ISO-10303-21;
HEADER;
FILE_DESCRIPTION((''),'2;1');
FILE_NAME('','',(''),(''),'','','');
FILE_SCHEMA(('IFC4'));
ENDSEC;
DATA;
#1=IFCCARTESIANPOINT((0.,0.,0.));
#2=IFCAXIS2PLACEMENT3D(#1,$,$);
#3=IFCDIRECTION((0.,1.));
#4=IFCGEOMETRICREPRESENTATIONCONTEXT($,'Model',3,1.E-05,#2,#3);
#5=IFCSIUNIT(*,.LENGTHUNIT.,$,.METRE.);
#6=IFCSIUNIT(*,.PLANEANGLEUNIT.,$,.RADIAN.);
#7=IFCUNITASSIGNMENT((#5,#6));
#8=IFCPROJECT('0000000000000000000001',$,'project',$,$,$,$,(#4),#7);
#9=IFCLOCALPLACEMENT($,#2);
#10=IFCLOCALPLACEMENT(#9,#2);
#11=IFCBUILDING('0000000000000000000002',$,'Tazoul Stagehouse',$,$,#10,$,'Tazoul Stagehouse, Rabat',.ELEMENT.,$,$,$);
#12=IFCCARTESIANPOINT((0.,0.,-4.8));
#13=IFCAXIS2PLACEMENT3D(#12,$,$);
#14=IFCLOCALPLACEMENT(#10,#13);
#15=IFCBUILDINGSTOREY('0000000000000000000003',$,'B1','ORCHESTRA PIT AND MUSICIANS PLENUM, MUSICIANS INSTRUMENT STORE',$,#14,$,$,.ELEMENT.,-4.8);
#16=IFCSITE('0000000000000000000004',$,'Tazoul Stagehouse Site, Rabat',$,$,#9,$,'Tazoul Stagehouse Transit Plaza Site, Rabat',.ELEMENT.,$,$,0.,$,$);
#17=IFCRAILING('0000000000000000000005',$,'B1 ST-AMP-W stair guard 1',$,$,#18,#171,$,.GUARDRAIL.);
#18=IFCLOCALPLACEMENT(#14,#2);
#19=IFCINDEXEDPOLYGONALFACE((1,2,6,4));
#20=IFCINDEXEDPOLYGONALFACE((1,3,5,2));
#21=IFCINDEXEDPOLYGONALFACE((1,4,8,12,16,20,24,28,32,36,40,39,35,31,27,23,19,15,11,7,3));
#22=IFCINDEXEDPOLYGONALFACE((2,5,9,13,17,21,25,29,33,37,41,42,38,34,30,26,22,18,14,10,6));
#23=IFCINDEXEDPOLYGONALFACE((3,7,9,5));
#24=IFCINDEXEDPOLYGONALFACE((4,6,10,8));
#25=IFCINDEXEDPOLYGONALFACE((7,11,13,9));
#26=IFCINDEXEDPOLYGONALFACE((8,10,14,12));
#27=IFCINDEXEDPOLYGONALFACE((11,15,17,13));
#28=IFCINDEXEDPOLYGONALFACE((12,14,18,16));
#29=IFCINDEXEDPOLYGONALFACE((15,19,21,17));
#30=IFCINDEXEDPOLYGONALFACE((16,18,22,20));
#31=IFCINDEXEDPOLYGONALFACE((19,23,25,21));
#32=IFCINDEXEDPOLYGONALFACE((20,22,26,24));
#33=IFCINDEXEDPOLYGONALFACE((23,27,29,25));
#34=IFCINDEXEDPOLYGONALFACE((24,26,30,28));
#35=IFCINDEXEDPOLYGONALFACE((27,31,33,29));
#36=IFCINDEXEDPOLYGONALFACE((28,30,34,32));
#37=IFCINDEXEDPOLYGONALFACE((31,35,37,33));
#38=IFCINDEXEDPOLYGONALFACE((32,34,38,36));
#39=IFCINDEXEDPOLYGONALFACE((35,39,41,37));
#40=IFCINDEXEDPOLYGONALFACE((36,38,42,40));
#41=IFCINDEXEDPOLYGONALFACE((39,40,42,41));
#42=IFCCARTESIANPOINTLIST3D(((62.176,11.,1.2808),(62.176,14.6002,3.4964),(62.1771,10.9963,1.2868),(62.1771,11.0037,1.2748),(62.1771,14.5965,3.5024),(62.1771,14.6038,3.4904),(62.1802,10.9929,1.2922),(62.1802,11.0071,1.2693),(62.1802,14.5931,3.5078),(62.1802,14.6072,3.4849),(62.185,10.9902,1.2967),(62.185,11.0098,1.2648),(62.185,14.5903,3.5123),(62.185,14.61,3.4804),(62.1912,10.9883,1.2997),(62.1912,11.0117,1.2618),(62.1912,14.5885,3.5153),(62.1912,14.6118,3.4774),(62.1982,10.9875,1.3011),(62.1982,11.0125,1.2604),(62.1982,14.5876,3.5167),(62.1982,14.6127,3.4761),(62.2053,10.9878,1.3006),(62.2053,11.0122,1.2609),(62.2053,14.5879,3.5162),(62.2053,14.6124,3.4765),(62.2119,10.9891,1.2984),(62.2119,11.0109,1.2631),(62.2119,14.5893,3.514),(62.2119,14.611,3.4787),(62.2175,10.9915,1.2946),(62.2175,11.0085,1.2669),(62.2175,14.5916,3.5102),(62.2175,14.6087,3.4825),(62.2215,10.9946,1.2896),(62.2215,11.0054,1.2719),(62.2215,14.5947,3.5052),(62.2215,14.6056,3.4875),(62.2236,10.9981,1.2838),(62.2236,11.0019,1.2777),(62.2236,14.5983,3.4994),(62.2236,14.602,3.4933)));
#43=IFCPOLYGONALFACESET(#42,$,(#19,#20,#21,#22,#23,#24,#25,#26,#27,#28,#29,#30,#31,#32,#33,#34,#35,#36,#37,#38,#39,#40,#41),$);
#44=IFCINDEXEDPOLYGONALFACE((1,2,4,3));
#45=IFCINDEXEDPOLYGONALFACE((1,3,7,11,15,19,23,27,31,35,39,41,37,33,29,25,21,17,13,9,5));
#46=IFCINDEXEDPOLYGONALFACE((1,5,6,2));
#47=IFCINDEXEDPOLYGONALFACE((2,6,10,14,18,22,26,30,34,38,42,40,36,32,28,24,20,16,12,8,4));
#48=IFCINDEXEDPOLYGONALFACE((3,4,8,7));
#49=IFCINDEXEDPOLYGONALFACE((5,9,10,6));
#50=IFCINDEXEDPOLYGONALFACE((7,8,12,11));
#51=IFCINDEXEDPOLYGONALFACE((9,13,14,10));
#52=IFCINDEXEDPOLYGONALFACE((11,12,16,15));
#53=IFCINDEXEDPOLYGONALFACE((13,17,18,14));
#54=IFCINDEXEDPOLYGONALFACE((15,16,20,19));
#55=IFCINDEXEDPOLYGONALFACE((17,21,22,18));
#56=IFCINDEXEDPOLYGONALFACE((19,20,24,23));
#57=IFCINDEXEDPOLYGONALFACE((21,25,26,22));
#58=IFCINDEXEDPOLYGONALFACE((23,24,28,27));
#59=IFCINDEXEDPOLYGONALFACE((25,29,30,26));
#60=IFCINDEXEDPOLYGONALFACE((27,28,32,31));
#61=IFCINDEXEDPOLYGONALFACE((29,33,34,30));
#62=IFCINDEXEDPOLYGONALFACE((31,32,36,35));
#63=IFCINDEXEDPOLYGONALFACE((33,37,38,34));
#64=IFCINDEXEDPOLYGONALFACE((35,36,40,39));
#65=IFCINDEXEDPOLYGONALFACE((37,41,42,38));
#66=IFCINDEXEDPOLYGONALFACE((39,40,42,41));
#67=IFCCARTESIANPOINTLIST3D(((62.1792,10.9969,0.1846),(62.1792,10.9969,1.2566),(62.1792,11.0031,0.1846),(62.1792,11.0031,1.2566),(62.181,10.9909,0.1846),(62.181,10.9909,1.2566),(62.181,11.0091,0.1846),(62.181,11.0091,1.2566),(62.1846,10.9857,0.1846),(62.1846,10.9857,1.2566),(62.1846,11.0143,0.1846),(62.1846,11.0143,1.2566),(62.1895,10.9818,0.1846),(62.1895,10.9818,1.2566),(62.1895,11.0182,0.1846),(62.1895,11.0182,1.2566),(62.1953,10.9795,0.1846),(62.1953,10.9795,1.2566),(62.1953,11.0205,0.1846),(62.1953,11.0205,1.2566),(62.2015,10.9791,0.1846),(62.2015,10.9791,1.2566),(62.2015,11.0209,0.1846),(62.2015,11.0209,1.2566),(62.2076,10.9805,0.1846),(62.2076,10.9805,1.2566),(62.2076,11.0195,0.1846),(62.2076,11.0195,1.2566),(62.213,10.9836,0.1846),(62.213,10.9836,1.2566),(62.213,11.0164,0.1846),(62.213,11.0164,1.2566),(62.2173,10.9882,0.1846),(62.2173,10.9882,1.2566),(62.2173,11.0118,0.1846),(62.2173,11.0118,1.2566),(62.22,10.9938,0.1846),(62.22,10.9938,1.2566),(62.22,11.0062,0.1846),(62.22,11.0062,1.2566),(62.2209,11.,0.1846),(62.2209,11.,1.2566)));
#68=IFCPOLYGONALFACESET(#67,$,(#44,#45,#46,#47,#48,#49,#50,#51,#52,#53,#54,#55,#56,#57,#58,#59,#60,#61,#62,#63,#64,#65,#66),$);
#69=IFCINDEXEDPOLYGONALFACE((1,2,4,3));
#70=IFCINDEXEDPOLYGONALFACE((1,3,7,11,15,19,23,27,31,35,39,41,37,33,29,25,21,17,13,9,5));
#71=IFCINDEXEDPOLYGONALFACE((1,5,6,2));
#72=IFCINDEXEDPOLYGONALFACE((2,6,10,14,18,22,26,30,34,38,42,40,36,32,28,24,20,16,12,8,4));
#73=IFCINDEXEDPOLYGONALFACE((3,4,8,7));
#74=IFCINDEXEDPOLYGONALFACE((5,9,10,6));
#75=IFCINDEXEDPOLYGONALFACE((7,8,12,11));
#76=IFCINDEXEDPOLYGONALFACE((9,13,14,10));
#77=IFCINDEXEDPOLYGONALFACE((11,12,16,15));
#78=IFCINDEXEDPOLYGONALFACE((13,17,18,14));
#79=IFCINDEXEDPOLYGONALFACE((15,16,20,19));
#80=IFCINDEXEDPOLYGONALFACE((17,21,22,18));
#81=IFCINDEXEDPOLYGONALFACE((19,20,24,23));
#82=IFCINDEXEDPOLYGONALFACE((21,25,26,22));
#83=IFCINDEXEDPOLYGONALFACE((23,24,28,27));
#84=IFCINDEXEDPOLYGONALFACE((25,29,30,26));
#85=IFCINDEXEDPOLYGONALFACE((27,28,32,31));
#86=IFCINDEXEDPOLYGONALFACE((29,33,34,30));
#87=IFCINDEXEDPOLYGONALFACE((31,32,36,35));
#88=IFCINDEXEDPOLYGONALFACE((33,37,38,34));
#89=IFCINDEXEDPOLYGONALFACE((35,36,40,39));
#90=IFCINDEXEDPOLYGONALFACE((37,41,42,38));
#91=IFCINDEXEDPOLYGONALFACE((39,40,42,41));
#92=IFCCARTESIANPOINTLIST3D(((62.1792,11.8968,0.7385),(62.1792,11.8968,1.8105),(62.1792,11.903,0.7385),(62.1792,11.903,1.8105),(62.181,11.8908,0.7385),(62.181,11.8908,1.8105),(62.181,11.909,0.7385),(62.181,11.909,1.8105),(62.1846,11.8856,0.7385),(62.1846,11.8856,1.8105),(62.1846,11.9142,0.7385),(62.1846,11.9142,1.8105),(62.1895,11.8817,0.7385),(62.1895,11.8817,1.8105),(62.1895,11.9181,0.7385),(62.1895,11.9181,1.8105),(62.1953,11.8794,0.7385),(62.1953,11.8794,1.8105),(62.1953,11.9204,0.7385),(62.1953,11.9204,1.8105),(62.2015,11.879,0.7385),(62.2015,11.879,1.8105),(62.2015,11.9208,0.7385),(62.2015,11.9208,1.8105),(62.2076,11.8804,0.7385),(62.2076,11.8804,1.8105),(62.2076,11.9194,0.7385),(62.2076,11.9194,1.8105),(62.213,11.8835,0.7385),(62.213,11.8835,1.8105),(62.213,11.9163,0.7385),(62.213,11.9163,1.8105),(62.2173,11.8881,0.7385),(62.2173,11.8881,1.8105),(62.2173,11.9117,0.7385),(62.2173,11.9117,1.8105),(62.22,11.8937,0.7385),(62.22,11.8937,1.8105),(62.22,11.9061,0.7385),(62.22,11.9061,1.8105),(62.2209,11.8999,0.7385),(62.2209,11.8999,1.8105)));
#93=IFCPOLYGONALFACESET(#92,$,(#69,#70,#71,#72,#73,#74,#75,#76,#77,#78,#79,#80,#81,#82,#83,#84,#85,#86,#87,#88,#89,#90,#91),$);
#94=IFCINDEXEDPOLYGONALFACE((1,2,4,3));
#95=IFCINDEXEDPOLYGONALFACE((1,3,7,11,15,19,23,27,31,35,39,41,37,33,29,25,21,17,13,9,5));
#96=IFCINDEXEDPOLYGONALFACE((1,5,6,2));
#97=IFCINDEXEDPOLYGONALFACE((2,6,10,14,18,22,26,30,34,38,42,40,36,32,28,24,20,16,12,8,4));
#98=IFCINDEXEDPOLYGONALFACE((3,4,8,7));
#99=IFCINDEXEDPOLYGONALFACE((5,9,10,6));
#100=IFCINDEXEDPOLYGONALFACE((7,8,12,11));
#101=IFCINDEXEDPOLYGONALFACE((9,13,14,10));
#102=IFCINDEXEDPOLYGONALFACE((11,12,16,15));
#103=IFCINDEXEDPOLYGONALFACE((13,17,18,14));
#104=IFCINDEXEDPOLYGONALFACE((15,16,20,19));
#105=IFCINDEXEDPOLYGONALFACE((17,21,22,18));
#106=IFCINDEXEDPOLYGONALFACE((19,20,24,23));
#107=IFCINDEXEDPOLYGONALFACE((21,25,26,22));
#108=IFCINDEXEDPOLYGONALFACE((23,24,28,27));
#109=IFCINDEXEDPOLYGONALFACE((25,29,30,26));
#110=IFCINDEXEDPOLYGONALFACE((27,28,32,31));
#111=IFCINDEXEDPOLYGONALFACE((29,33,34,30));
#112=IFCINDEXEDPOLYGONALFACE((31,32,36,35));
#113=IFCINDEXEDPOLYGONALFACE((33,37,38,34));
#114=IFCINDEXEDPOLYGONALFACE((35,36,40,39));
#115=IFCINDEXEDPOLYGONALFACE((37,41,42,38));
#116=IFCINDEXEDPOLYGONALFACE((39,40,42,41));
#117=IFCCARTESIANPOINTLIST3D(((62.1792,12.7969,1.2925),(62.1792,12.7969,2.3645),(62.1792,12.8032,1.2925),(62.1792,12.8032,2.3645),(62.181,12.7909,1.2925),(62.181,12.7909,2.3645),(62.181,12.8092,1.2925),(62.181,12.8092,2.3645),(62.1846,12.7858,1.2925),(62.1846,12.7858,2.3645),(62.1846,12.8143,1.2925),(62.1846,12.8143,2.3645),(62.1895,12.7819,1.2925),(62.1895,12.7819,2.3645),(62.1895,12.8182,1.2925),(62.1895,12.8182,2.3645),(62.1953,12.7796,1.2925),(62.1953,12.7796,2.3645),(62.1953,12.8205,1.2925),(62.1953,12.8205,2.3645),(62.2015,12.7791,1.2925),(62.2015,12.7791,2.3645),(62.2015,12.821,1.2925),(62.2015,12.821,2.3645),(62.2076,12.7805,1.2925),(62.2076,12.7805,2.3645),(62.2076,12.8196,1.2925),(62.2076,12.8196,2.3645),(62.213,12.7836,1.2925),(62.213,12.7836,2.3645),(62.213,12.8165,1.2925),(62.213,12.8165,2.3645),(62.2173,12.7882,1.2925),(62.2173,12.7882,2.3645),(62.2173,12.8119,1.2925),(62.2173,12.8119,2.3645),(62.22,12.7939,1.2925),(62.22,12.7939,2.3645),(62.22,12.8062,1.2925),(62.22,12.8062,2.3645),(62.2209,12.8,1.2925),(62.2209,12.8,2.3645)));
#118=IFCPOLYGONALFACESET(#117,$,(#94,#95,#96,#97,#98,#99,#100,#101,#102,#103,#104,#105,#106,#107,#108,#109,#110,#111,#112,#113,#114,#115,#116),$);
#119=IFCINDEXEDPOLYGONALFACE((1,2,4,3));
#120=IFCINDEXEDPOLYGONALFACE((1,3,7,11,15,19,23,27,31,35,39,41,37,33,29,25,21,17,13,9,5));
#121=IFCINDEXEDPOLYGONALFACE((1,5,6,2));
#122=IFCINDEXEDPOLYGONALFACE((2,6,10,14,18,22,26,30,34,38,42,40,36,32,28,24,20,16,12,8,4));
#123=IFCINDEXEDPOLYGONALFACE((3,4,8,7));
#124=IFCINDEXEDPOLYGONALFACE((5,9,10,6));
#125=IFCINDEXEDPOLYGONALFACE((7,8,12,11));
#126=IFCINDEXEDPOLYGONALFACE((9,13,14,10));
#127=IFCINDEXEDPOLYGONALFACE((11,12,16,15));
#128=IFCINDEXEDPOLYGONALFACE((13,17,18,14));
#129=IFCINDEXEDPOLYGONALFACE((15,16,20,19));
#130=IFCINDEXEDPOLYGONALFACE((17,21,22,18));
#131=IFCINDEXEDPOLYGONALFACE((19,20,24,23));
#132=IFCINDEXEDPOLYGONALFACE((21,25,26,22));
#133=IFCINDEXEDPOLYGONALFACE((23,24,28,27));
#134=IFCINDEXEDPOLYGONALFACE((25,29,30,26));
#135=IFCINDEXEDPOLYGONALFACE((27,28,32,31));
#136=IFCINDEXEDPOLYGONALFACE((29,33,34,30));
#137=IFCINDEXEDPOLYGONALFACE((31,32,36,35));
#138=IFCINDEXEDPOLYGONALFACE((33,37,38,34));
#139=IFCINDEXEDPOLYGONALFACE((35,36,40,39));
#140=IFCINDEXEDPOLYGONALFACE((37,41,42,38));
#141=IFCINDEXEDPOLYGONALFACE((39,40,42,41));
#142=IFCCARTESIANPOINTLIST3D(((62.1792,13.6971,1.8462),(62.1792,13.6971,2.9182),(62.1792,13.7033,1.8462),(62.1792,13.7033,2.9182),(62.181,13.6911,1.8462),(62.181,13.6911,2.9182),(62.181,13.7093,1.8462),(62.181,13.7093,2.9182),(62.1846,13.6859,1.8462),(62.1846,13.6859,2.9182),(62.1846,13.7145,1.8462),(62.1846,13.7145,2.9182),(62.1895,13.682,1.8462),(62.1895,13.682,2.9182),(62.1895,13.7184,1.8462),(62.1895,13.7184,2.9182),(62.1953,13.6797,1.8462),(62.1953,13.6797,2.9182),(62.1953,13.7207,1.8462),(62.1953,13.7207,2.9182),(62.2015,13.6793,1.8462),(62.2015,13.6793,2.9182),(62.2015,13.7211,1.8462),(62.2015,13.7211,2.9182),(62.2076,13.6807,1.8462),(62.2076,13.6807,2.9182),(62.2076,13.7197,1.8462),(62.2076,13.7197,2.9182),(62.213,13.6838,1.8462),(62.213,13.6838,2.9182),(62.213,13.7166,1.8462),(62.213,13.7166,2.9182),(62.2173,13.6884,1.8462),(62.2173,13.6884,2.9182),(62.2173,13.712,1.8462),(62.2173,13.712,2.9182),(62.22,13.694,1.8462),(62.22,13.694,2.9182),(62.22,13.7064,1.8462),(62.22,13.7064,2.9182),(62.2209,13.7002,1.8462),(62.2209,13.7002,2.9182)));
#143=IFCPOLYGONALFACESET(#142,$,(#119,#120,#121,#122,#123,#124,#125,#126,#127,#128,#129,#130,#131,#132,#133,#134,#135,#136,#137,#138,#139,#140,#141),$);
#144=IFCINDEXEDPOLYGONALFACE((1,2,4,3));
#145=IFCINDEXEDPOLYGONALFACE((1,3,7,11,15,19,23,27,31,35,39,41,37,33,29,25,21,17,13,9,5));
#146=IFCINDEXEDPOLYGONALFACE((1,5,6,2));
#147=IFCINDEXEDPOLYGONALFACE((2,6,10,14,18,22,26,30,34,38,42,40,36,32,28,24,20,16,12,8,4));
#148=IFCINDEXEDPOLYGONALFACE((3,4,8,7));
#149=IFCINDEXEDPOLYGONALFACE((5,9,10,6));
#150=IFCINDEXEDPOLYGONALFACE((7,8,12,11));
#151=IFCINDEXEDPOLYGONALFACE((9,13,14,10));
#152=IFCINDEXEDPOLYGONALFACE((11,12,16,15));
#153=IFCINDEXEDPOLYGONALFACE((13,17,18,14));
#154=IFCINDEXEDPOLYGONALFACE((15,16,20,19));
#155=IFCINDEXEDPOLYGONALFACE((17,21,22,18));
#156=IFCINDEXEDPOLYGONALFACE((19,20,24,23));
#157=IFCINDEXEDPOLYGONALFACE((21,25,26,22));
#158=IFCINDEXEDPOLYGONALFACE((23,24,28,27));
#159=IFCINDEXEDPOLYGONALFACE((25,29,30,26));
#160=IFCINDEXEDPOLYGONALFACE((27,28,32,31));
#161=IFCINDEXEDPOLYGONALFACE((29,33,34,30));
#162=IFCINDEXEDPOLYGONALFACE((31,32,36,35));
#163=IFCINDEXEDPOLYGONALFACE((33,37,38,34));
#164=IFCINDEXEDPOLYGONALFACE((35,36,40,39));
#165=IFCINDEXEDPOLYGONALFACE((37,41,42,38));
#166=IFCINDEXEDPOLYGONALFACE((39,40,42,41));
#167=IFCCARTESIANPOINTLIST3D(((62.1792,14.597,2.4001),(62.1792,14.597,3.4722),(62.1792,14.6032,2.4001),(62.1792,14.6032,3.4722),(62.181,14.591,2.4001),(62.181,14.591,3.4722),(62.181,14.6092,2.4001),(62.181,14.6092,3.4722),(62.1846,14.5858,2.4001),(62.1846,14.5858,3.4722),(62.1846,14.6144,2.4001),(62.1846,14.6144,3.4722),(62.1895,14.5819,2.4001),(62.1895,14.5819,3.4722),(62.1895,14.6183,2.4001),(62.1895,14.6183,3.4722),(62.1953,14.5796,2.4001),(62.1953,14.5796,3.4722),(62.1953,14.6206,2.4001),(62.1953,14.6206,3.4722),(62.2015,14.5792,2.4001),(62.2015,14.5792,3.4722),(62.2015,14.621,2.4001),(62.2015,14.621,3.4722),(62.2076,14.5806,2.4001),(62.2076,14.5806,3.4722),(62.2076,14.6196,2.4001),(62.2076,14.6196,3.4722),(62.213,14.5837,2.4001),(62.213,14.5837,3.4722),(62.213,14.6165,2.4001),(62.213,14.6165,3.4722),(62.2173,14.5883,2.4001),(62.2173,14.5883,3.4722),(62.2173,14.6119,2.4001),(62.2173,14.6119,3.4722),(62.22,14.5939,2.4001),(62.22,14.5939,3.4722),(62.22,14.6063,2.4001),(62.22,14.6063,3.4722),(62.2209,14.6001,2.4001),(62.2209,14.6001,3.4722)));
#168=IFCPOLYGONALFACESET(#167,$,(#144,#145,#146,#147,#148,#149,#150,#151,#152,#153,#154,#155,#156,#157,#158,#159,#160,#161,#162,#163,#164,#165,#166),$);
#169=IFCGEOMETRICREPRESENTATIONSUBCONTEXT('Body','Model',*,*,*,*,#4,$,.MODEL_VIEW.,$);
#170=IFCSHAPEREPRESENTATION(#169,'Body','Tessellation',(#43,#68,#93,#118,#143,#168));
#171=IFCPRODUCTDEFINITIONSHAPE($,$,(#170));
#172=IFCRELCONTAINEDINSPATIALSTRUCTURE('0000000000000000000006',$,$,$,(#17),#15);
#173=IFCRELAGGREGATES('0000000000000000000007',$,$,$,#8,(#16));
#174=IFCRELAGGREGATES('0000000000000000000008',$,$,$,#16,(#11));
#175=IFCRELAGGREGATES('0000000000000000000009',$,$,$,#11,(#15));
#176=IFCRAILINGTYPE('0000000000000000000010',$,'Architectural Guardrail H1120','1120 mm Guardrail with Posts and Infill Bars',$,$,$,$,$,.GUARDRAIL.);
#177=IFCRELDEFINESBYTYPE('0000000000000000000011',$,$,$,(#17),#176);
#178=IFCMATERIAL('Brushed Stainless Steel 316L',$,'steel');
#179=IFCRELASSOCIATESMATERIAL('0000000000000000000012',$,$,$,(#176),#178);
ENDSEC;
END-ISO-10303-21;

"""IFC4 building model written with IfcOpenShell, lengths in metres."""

from ifc_helpers import new_model, si_unit, direction, frame, origin, origin_2d, place, context, subcontext, project, spatial, circle, extrude, material, material_profile, profile_set, type_object, element, save


model = new_model("IFC4")

# Units and contexts
model_context = context("Model", 3, precision=1e-05, world=origin(), true_north=direction((0.0, 1.0)))
body_context = subcontext(model_context, "Body", "Model", "MODEL_VIEW")
ifc_project = project(units=[si_unit("LENGTHUNIT", "METRE"), si_unit("PLANEANGLEUNIT", "RADIAN")], contexts=[model_context])

# Site, building, storey
site_placement = place(None, origin())
site = spatial("IfcSite", under=ifc_project, at=site_placement, Name="Tazoul Stagehouse Site, Rabat", LongName="Tazoul Stagehouse Transit Plaza Site, Rabat", CompositionType="ELEMENT", RefElevation=0.0)
building_placement = place(site_placement, origin())
building = spatial("IfcBuilding", under=site, at=building_placement, Name="Tazoul Stagehouse", LongName="Tazoul Stagehouse, Rabat", CompositionType="ELEMENT")
storey_placement = place(building_placement, frame((0.0, 0.0, -4.8)))
storey = spatial("IfcBuildingStorey", under=building, at=storey_placement, Name="B1", Description="ORCHESTRA PIT AND MUSICIANS PLENUM, MUSICIANS INSTRUMENT STORE", CompositionType="ELEMENT", Elevation=-4.8)

# Railing
ifc_material_1 = material(Name="Brushed Stainless Steel 316L", Category="steel")
ifc_material_profile_1 = material_profile(ifc_material_1, circle(Radius=0.0239, at=origin_2d()), Name="SS RAIL D48")
ifc_profile_set_1 = profile_set([ifc_material_profile_1], Name="Brushed Stainless Steel 316L")
railing_type_1 = type_object("IfcRailingType", Name="Architectural Guardrail H1120", Description="1120 mm Guardrail with Posts and Infill Bars", PredefinedType="GUARDRAIL", material=ifc_profile_set_1)
railing_1_placement = place(storey_placement, frame((62.2, 11.0, 0.1846)))
element("IfcRailing", 1, at=railing_1_placement, inside=storey, type_object=railing_type_1, Name="B1 ST-AMP-W stair guard 1", PredefinedType="GUARDRAIL", context=body_context, shape_type="SweptSolid", body=[
    extrude(circle(Radius=0.0239, at=origin_2d()), frame((0.0, 0.0, 1.0962), z_axis=(0.0, 0.851644, 0.52412), x_axis=(-1.0, 0.0, 0.0)), (0.0, 0.0, 1.0), 4.2273),
    extrude(circle(Radius=0.021, at=origin_2d()), origin(), (0.0, 0.0, 1.0), 1.072),
    extrude(circle(Radius=0.021, at=origin_2d()), frame((0.0, 0.8999, 0.554)), (0.0, 0.0, 1.0), 1.072),
    extrude(circle(Radius=0.021, at=origin_2d()), frame((0.0, 1.8, 1.1079)), (0.0, 0.0, 1.0), 1.072),
    extrude(circle(Radius=0.021, at=origin_2d()), frame((0.0, 2.7002, 1.6616)), (0.0, 0.0, 1.0), 1.072),
    extrude(circle(Radius=0.021, at=origin_2d()), frame((0.0, 3.6001, 2.2156)), (0.0, 0.0, 1.0), 1.072),
])

save(model, "model.ifc")
